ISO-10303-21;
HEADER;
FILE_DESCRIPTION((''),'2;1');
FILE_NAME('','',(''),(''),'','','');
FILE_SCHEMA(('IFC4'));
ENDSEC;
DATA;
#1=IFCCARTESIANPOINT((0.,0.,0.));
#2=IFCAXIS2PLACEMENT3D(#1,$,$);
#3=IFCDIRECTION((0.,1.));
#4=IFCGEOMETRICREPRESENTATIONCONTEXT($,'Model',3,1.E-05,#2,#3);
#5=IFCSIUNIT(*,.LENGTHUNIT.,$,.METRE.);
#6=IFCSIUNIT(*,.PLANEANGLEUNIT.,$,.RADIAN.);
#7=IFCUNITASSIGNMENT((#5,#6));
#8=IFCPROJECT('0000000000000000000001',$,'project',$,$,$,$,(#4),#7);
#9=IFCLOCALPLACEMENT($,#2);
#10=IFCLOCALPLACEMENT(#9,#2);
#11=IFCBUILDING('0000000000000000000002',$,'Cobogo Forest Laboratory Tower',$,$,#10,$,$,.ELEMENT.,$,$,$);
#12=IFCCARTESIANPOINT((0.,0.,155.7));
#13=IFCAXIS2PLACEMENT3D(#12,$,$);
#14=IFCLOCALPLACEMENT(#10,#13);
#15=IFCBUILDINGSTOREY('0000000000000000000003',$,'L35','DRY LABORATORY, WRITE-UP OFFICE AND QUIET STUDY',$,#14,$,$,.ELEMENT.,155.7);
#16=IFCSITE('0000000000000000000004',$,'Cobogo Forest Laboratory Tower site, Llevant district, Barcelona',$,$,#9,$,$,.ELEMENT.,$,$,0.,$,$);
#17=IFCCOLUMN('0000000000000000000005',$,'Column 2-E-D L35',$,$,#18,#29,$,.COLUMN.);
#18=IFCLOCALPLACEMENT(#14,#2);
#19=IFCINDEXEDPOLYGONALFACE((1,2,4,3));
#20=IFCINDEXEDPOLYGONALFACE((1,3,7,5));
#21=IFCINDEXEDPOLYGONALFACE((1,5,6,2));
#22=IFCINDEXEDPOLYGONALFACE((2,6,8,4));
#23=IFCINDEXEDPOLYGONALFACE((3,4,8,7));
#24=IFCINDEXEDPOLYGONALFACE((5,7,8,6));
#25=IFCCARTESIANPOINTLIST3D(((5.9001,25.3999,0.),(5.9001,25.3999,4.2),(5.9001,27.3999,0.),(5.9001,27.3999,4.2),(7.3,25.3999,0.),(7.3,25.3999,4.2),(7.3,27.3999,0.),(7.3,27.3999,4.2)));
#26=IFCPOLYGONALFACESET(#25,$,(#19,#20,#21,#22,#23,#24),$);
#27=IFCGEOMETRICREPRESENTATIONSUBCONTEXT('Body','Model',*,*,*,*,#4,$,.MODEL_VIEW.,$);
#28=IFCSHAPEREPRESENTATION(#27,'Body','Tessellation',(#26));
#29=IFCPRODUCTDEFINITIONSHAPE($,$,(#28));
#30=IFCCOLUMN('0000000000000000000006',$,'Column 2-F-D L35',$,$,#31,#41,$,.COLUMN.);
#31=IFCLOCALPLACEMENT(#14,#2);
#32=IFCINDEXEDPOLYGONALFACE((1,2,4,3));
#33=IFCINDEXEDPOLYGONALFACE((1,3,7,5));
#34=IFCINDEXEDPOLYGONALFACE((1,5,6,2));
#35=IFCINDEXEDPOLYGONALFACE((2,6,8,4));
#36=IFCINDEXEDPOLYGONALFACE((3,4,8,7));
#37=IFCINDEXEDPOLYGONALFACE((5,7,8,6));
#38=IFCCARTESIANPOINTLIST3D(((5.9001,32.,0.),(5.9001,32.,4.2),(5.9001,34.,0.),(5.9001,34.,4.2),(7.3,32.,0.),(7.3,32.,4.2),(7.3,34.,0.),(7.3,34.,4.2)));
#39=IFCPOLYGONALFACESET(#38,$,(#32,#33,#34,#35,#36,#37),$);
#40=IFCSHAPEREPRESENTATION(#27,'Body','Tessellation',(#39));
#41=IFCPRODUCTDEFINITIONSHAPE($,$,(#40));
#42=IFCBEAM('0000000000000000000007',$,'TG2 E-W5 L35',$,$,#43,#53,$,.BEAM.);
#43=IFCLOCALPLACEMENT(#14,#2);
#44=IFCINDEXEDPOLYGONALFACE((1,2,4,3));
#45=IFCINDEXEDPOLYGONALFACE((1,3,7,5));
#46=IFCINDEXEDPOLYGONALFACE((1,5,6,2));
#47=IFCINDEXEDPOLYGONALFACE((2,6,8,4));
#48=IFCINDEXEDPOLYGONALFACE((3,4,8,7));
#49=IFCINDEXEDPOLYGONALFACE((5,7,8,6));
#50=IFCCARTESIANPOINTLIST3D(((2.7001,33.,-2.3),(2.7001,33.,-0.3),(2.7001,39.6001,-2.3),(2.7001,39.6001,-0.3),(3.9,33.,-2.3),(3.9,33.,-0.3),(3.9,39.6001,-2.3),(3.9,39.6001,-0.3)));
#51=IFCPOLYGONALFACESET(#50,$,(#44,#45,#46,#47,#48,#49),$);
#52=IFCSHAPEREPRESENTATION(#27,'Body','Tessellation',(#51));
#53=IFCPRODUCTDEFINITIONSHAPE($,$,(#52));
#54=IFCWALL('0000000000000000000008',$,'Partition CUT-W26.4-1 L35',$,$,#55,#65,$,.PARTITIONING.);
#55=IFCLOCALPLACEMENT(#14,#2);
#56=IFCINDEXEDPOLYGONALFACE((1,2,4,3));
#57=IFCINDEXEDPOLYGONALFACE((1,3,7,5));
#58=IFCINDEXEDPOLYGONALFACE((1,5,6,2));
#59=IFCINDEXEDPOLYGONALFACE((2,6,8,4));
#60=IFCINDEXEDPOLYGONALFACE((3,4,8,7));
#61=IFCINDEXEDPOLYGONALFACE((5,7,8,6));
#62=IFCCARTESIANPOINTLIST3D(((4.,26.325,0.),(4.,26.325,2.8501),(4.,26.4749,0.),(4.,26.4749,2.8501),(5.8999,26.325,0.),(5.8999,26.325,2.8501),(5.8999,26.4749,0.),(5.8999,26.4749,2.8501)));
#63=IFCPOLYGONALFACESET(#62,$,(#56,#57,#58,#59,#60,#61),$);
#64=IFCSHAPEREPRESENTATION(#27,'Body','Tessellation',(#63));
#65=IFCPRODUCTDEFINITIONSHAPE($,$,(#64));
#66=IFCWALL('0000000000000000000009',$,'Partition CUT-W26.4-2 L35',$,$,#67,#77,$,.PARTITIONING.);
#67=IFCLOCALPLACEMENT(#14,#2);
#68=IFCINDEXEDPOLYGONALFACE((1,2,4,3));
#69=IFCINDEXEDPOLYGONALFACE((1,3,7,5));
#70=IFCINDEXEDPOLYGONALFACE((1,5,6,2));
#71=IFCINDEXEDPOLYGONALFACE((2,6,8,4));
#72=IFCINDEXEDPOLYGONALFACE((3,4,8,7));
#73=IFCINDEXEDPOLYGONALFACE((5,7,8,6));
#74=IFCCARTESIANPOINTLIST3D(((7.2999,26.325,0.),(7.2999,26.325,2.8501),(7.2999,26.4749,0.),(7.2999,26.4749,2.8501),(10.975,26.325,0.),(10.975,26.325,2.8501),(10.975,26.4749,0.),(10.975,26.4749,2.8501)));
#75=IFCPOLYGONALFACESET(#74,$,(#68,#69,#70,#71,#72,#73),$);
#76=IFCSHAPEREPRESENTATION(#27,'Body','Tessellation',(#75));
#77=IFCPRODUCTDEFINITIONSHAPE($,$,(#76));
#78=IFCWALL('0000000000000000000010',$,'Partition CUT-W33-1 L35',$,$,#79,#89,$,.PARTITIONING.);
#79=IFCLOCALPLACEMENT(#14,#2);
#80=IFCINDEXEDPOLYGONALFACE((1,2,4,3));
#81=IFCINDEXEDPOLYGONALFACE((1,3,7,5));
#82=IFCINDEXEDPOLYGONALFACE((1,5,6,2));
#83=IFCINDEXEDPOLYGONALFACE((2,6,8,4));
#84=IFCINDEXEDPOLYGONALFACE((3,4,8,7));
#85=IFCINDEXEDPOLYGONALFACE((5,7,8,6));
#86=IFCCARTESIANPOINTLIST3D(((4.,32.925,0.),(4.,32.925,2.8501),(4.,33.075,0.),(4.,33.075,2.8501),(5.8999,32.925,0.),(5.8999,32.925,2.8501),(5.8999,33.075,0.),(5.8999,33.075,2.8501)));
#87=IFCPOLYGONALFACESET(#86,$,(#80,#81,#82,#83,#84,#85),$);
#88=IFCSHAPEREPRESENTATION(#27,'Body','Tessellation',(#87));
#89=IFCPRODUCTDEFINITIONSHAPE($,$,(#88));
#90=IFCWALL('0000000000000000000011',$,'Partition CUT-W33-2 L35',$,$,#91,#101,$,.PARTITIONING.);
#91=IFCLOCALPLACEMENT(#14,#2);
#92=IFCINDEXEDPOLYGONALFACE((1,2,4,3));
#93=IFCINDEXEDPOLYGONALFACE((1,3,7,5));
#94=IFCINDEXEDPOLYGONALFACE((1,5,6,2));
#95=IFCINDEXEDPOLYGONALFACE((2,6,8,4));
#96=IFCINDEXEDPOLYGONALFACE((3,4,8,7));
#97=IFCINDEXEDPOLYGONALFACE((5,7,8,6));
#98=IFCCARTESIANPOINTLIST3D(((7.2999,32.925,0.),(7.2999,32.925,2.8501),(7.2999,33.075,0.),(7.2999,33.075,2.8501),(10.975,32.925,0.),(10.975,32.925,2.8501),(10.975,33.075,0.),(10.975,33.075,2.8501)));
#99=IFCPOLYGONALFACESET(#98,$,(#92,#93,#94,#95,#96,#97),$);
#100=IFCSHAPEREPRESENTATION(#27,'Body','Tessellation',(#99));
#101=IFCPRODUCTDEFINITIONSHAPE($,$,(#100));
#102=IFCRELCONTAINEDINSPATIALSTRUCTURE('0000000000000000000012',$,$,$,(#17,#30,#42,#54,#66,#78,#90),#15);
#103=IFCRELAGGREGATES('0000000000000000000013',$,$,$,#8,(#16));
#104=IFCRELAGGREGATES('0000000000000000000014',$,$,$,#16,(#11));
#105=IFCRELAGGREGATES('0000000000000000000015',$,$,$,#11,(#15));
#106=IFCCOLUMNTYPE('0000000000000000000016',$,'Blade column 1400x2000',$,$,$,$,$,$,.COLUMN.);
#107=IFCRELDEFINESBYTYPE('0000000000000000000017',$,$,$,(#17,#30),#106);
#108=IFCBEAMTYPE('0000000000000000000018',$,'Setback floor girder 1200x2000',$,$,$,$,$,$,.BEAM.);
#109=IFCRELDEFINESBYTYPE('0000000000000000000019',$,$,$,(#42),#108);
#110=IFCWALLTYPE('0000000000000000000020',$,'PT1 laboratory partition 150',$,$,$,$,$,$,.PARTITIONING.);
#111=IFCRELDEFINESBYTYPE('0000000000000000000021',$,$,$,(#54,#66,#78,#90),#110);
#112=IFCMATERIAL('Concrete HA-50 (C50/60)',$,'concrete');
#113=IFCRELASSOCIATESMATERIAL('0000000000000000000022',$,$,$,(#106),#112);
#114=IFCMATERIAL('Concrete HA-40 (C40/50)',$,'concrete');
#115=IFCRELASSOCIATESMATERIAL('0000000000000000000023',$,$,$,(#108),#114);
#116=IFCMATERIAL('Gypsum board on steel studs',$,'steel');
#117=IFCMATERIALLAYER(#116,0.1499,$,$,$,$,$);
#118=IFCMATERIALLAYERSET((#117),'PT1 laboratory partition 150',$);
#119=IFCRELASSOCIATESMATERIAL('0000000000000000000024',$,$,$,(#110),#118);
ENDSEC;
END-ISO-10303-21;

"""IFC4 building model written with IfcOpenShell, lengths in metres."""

from ifc_helpers import new_model, si_unit, direction, frame, frame_2d, origin, origin_2d, place, context, subcontext, project, spatial, rectangle, extrude, material, layer, layer_set, material_profile, profile_set, type_object, element, save


model = new_model("IFC4")

# Units and contexts
model_context = context("Model", 3, precision=1e-05, world=origin(), true_north=direction((0.0, 1.0)))
body_context = subcontext(model_context, "Body", "Model", "MODEL_VIEW")
ifc_project = project(units=[si_unit("LENGTHUNIT", "METRE"), si_unit("PLANEANGLEUNIT", "RADIAN")], contexts=[model_context])

# Site, building, storey
site_placement = place(None, origin())
site = spatial("IfcSite", under=ifc_project, at=site_placement, Name="Cobogo Forest Laboratory Tower site, Llevant district, Barcelona", CompositionType="ELEMENT", RefElevation=0.0)
building_placement = place(site_placement, origin())
building = spatial("IfcBuilding", under=site, at=building_placement, Name="Cobogo Forest Laboratory Tower", CompositionType="ELEMENT")
storey_placement = place(building_placement, frame((0.0, 0.0, 155.7)))
storey = spatial("IfcBuildingStorey", under=building, at=storey_placement, Name="L35", Description="DRY LABORATORY, WRITE-UP OFFICE AND QUIET STUDY", CompositionType="ELEMENT", Elevation=155.7)

# Columns
ifc_material_1 = material(Name="Concrete HA-50 (C50/60)", Category="concrete")
ifc_material_profile_1 = material_profile(ifc_material_1, rectangle(XDim=2.0, YDim=1.3999, at=origin_2d()), Name="RC 1400x2000")
ifc_profile_set_1 = profile_set([ifc_material_profile_1], Name="Concrete HA-50 (C50/60)")
column_type = type_object("IfcColumnType", Name="Blade column 1400x2000", PredefinedType="COLUMN", material=ifc_profile_set_1)
for number, where, z_axis, x_axis, name in (
    (1, (6.6001, 26.3999, 0.0), (0.0, 0.0, 1.0), (0.0, 1.0, 0.0), "Column 2-E-D L35"),
    (2, (6.6001, 33.0, 0.0), (0.0, 0.0, 1.0), (0.0, 1.0, 0.0), "Column 2-F-D L35"),
):
    element("IfcColumn", number, at=place(storey_placement, frame(where, z_axis=z_axis, x_axis=x_axis)), inside=storey, type_object=column_type, Name=name, PredefinedType="COLUMN", context=body_context, shape_type="SweptSolid", body=[
        extrude(rectangle(XDim=2.0, YDim=1.3999, at=origin_2d()), origin(), (0.0, 0.0, 1.0), 4.2),
    ])

# Beam
ifc_material_2 = material(Name="Concrete HA-40 (C40/50)", Category="concrete")
ifc_material_profile_2 = material_profile(ifc_material_2, rectangle(XDim=1.2, YDim=2.0, at=origin_2d()), Name="RC 1200x2000")
ifc_profile_set_2 = profile_set([ifc_material_profile_2], Name="Concrete HA-40 (C40/50)")
beam_type = type_object("IfcBeamType", Name="Setback floor girder 1200x2000", PredefinedType="BEAM", material=ifc_profile_set_2)
beam_placement = place(storey_placement, frame((3.3, 33.0, -1.3), z_axis=(0.0, 1.0, 0.0), x_axis=(-1.0, 0.0, 0.0)))
element("IfcBeam", 3, at=beam_placement, inside=storey, type_object=beam_type, Name="TG2 E-W5 L35", PredefinedType="BEAM", context=body_context, shape_type="SweptSolid", body=[
    extrude(rectangle(XDim=1.2, YDim=2.0, at=origin_2d()), origin(), (0.0, 0.0, 1.0), 6.6001),
])

# Walls
ifc_material_3 = material(Name="Gypsum board on steel studs", Category="steel")
ifc_layer = layer(ifc_material_3, 0.1499)
ifc_layer_set = layer_set([ifc_layer], Name="PT1 laboratory partition 150")
wall_type = type_object("IfcWallType", Name="PT1 laboratory partition 150", PredefinedType="PARTITIONING", material=ifc_layer_set)
wall_1_placement = place(storey_placement, frame((4.0, 26.3999, 0.0), z_axis=(0.0, 0.0, 1.0), x_axis=(1.0, 0.0, 0.0)))
element("IfcWall", 4, at=wall_1_placement, inside=storey, type_object=wall_type, Name="Partition CUT-W26.4-1 L35", PredefinedType="PARTITIONING", context=body_context, shape_type="SweptSolid", body=[
    extrude(rectangle(XDim=1.8999, YDim=0.1499, at=frame_2d((0.95, 0.0))), origin(), (0.0, 0.0, 1.0), 2.8501),
])
wall_2_placement = place(storey_placement, frame((7.3, 26.3999, 0.0), z_axis=(0.0, 0.0, 1.0), x_axis=(1.0, 0.0, 0.0)))
element("IfcWall", 5, at=wall_2_placement, inside=storey, type_object=wall_type, Name="Partition CUT-W26.4-2 L35", PredefinedType="PARTITIONING", context=body_context, shape_type="SweptSolid", body=[
    extrude(rectangle(XDim=3.675, YDim=0.1499, at=frame_2d((1.8374, 0.0))), origin(), (0.0, 0.0, 1.0), 2.8501),
])
wall_3_placement = place(storey_placement, frame((4.0, 33.0, 0.0), z_axis=(0.0, 0.0, 1.0), x_axis=(1.0, 0.0, 0.0)))
element("IfcWall", 6, at=wall_3_placement, inside=storey, type_object=wall_type, Name="Partition CUT-W33-1 L35", PredefinedType="PARTITIONING", context=body_context, shape_type="SweptSolid", body=[
    extrude(rectangle(XDim=1.8999, YDim=0.1499, at=frame_2d((0.95, 0.0))), origin(), (0.0, 0.0, 1.0), 2.8501),
])
wall_4_placement = place(storey_placement, frame((7.3, 33.0, 0.0), z_axis=(0.0, 0.0, 1.0), x_axis=(1.0, 0.0, 0.0)))
element("IfcWall", 7, at=wall_4_placement, inside=storey, type_object=wall_type, Name="Partition CUT-W33-2 L35", PredefinedType="PARTITIONING", context=body_context, shape_type="SweptSolid", body=[
    extrude(rectangle(XDim=3.675, YDim=0.1499, at=frame_2d((1.8374, 0.0))), origin(), (0.0, 0.0, 1.0), 2.8501),
])

save(model, "model.ifc")
